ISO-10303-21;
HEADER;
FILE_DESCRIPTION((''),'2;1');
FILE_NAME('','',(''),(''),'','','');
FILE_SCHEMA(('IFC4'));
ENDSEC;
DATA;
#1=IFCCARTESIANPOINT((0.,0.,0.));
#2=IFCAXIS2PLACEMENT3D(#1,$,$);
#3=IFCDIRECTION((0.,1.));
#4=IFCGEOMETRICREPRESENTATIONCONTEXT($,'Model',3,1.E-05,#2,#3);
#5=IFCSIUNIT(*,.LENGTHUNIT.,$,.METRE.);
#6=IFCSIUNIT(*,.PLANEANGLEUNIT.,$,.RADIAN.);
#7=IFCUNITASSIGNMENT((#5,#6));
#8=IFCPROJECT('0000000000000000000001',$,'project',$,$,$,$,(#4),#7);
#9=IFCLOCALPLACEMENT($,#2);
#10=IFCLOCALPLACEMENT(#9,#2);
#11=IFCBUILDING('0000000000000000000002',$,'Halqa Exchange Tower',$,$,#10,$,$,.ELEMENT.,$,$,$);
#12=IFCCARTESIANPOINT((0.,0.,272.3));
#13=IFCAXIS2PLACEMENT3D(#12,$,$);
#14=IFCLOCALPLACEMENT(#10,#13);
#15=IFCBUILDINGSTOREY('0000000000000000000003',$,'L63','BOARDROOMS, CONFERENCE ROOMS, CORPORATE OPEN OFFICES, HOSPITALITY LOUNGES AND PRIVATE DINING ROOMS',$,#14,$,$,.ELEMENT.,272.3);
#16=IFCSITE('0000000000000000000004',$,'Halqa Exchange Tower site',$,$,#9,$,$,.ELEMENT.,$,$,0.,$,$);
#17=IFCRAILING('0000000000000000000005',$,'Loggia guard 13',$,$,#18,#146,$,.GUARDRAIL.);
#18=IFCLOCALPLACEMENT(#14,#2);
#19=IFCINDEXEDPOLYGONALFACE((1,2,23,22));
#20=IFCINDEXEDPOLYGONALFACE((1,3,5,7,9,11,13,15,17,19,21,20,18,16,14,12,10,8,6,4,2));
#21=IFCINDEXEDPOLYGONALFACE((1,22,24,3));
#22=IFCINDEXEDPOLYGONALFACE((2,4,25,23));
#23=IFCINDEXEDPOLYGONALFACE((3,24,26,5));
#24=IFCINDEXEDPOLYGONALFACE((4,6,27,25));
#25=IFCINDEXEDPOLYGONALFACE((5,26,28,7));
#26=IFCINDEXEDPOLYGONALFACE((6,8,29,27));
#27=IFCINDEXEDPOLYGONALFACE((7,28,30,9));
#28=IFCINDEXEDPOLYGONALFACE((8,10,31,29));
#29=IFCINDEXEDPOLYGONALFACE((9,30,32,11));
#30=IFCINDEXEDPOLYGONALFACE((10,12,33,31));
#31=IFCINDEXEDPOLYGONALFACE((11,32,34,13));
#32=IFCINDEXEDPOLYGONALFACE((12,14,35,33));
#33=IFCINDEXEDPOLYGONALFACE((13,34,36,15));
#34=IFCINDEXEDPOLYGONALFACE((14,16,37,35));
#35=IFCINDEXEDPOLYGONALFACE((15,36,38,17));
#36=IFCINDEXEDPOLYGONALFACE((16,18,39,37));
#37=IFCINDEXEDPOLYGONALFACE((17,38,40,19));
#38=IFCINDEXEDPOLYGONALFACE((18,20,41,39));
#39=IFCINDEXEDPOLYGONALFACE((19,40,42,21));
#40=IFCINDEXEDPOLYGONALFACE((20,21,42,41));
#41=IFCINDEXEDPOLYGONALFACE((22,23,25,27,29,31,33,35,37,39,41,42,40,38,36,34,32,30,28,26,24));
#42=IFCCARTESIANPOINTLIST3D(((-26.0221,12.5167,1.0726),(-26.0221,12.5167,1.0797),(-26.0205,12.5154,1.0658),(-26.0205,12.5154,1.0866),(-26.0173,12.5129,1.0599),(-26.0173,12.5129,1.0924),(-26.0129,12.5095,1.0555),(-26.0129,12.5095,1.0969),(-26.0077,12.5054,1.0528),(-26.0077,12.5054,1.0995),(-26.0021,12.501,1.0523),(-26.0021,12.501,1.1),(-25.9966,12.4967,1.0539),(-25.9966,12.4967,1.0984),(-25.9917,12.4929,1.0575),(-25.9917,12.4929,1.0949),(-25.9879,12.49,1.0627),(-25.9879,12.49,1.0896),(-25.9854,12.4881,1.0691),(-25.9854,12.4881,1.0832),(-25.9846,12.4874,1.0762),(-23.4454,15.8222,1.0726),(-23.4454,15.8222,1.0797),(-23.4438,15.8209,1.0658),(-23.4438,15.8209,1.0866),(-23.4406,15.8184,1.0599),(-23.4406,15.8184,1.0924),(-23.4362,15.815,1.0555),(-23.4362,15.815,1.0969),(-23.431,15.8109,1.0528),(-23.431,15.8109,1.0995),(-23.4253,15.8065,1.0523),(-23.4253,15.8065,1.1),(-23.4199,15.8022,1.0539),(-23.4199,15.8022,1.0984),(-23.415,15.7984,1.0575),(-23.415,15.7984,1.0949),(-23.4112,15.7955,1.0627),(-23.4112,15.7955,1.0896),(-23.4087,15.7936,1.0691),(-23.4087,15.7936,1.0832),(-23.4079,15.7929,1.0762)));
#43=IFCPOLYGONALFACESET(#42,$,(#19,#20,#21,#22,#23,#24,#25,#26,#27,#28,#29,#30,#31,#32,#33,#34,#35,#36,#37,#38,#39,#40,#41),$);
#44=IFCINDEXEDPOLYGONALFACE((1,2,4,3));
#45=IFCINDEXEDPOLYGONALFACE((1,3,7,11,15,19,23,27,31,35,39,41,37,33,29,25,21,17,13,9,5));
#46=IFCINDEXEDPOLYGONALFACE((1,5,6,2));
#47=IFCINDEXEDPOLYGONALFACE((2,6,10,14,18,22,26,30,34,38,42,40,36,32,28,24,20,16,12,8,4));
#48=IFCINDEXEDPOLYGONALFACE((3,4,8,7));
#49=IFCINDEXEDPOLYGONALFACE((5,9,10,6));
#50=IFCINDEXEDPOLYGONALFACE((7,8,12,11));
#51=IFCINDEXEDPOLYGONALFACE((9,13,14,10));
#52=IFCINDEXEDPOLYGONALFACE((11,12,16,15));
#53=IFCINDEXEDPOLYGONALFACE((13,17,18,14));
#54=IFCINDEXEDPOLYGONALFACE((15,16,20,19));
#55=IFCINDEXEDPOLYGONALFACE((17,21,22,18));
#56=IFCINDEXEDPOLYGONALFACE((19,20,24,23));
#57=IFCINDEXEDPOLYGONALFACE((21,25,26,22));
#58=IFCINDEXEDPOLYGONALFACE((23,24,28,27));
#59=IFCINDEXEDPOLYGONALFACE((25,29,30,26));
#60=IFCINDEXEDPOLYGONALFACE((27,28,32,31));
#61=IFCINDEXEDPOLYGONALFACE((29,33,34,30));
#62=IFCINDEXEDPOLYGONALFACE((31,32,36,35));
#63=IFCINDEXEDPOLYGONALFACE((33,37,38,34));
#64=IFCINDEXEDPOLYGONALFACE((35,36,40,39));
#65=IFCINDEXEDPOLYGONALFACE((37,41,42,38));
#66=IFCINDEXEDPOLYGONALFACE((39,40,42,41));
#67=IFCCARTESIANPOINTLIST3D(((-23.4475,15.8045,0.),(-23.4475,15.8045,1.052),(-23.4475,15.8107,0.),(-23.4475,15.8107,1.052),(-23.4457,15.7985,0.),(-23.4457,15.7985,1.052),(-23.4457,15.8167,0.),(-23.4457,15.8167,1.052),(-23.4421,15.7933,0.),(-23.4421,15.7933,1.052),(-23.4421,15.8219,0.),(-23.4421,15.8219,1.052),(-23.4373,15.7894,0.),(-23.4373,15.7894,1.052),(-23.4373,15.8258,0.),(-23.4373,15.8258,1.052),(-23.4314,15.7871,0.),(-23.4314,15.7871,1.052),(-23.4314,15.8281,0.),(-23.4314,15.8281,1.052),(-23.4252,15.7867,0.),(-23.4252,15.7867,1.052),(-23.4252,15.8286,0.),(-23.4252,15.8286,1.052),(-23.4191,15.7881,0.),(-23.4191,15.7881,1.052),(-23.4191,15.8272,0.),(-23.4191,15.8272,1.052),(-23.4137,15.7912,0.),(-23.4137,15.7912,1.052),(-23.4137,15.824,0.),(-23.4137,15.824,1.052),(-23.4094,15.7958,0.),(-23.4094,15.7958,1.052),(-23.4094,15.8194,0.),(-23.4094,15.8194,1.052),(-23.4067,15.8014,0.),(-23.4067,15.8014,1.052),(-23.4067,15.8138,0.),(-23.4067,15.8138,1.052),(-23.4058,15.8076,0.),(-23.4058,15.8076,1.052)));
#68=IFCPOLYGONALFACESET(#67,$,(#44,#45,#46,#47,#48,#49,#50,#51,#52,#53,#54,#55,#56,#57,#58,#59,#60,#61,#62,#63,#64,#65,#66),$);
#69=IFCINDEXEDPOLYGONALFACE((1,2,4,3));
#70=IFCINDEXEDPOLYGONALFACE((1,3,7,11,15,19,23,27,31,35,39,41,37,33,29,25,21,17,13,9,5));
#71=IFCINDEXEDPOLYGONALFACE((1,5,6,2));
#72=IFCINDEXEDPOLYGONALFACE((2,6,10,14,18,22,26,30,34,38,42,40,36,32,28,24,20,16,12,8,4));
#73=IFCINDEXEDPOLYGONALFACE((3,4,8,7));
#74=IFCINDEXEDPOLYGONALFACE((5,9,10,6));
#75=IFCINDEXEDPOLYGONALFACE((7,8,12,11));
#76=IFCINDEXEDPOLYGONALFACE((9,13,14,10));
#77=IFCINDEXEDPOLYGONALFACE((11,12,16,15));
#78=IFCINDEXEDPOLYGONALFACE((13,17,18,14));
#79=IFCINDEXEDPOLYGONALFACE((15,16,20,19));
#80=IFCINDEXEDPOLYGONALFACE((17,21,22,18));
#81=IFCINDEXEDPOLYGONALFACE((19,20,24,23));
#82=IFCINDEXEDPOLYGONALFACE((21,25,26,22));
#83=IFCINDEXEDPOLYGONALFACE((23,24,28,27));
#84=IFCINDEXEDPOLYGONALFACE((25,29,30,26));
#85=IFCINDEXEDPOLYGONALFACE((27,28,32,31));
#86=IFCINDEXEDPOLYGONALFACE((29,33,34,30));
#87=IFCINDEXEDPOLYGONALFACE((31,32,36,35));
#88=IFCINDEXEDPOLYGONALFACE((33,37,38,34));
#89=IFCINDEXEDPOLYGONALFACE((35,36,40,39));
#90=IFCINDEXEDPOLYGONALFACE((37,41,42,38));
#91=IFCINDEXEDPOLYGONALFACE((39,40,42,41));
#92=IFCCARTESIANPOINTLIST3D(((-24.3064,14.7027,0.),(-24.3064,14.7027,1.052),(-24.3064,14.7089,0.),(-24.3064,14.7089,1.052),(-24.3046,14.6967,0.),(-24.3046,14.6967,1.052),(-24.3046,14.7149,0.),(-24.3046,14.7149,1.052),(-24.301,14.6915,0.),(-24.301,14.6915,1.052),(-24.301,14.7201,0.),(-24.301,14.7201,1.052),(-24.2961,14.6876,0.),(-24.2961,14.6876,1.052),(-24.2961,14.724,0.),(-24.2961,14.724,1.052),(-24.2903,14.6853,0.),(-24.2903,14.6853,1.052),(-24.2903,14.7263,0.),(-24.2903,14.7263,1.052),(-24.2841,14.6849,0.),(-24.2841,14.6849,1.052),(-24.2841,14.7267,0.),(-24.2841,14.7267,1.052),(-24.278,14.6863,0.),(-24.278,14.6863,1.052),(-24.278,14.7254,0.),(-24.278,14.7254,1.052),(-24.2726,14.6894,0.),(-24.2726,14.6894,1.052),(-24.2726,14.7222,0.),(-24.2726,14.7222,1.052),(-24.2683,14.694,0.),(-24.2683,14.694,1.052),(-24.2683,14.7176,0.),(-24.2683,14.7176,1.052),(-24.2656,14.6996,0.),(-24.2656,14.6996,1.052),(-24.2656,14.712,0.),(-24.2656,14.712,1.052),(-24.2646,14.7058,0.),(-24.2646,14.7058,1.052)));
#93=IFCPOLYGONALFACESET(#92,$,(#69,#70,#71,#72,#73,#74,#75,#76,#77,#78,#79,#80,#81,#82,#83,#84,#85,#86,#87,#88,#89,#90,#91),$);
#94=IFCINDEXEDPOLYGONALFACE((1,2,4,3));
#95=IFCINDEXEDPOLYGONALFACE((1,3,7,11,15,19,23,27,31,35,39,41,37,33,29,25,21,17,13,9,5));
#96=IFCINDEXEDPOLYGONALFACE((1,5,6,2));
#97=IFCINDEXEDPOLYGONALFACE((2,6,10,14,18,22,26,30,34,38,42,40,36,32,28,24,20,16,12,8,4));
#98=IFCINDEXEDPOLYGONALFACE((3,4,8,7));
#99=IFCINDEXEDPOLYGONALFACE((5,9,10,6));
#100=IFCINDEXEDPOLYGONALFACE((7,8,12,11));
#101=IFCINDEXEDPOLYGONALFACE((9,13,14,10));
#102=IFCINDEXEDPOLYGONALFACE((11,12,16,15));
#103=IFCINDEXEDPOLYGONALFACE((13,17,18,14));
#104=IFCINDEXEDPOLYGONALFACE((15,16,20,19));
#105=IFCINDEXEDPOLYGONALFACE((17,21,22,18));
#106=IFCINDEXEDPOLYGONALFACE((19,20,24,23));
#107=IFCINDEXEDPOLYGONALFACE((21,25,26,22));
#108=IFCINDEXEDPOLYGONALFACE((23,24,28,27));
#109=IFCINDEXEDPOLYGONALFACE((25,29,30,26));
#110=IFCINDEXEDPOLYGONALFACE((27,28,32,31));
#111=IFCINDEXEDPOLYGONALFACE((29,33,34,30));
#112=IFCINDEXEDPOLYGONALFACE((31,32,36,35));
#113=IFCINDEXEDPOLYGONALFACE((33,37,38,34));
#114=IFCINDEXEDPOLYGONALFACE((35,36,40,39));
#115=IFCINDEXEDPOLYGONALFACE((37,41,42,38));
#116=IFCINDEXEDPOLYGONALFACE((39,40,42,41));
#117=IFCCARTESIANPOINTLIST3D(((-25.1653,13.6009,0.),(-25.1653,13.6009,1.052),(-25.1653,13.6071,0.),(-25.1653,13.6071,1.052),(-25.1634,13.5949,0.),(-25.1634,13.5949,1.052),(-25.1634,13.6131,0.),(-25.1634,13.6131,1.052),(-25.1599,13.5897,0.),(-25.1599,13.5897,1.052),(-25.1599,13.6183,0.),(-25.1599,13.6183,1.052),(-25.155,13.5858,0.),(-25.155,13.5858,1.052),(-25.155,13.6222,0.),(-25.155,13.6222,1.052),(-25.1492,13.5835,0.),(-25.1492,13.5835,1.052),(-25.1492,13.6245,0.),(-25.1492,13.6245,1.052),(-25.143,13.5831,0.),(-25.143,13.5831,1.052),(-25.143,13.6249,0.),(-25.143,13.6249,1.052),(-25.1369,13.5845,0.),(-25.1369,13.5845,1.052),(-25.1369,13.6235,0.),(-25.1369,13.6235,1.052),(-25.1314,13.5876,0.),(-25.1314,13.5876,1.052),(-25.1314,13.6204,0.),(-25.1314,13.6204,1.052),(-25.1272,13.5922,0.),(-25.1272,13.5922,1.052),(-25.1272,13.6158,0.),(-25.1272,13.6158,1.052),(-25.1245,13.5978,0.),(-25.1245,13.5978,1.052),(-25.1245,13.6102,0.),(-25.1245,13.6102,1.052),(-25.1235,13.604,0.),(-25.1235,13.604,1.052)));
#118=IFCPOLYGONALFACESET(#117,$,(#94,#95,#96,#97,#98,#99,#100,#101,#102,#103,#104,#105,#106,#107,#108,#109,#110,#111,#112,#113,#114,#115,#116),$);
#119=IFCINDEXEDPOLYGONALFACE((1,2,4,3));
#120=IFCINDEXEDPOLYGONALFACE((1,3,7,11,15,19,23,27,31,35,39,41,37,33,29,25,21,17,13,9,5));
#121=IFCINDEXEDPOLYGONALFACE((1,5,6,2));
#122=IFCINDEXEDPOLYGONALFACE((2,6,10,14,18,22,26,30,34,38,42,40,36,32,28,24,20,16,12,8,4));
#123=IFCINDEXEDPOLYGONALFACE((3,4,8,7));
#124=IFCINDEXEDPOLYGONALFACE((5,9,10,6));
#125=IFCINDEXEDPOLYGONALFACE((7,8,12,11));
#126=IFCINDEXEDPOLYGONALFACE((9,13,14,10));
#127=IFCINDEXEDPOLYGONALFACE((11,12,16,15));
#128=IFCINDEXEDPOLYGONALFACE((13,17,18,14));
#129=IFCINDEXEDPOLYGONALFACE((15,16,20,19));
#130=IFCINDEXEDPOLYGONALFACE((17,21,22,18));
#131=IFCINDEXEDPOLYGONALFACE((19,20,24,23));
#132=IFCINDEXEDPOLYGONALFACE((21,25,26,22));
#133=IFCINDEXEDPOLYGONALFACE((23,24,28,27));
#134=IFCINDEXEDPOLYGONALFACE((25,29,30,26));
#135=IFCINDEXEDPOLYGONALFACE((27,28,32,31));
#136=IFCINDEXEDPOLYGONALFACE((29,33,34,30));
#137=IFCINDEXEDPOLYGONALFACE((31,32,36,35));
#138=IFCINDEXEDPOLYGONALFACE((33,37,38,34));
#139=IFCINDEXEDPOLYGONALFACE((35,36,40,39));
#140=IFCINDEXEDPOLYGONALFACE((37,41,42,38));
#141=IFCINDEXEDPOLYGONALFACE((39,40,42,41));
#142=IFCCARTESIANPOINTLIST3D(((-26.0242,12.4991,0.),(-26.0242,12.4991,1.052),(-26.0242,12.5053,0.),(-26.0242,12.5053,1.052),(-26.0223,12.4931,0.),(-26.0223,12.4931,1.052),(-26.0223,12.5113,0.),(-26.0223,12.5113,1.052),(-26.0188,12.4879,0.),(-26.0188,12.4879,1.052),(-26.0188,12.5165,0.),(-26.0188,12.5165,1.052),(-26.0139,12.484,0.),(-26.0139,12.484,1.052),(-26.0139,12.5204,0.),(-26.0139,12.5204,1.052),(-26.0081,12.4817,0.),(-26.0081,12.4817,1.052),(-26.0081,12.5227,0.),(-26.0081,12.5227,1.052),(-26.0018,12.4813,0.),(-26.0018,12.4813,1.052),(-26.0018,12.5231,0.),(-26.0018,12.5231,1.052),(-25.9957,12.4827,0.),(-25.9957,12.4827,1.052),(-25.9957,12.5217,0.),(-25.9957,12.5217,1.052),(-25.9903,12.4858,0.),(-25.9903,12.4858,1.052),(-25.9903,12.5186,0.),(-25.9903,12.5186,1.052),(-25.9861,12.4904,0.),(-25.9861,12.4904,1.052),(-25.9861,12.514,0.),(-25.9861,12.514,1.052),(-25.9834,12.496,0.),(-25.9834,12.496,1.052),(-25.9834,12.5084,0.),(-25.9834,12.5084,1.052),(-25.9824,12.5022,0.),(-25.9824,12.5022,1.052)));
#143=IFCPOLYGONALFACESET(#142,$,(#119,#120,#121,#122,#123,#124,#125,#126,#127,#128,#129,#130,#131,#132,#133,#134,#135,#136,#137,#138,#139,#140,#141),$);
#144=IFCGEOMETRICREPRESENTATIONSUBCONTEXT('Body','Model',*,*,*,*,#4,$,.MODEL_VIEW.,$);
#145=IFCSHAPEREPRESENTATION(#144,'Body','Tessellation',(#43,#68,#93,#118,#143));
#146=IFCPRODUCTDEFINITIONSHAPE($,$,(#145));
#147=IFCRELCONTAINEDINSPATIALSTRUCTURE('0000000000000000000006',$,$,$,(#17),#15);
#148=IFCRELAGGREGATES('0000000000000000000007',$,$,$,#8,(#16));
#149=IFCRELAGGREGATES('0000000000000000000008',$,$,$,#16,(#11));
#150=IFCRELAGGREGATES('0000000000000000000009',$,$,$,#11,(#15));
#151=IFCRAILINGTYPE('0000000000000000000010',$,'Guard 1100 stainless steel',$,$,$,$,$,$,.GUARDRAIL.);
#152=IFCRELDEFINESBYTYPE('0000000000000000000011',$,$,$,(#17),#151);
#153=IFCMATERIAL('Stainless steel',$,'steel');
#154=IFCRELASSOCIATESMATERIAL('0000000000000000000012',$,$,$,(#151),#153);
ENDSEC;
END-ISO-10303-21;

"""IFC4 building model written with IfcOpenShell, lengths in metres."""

from ifc_helpers import new_model, si_unit, direction, frame, origin, origin_2d, place, context, subcontext, project, spatial, circle, extrude, material, type_object, element, save


model = new_model("IFC4")

# Units and contexts
model_context = context("Model", 3, precision=1e-05, world=origin(), true_north=direction((0.0, 1.0)))
body_context = subcontext(model_context, "Body", "Model", "MODEL_VIEW")
ifc_project = project(units=[si_unit("LENGTHUNIT", "METRE"), si_unit("PLANEANGLEUNIT", "RADIAN")], contexts=[model_context])

# Site, building, storey
site_placement = place(None, origin())
site = spatial("IfcSite", under=ifc_project, at=site_placement, Name="Halqa Exchange Tower site", CompositionType="ELEMENT", RefElevation=0.0)
building_placement = place(site_placement, origin())
building = spatial("IfcBuilding", under=site, at=building_placement, Name="Halqa Exchange Tower", CompositionType="ELEMENT")
storey_placement = place(building_placement, frame((0.0, 0.0, 272.3)))
storey = spatial("IfcBuildingStorey", under=building, at=storey_placement, Name="L63", Description="BOARDROOMS, CONFERENCE ROOMS, CORPORATE OPEN OFFICES, HOSPITALITY LOUNGES AND PRIVATE DINING ROOMS", CompositionType="ELEMENT", Elevation=272.3)

# Railing
ifc_material_1 = material(Name="Stainless steel", Category="steel")
railing_type = type_object("IfcRailingType", Name="Guard 1100 stainless steel", PredefinedType="GUARDRAIL", material=ifc_material_1)
railing_1_placement = place(storey_placement, frame((-23.4268, 15.8076, 0.0)))
element("IfcRailing", 1, at=railing_1_placement, inside=storey, type_object=railing_type, Name="Loggia guard 13", PredefinedType="GUARDRAIL", context=body_context, shape_type="SweptSolid", body=[
    extrude(circle(Radius=0.0239, at=origin_2d()), frame((0.0, 0.0, 1.0762), z_axis=(-0.614799, -0.788684, 0.0), x_axis=(0.788684, -0.614799, 0.0)), (0.0, 0.0, 1.0), 4.1912),
    extrude(circle(Radius=0.021, at=origin_2d()), origin(), (0.0, 0.0, 1.0), 1.052),
    extrude(circle(Radius=0.021, at=origin_2d()), frame((-0.8589, -1.1018, 0.0)), (0.0, 0.0, 1.0), 1.052),
    extrude(circle(Radius=0.021, at=origin_2d()), frame((-1.7178, -2.2036, 0.0)), (0.0, 0.0, 1.0), 1.052),
    extrude(circle(Radius=0.021, at=origin_2d()), frame((-2.5767, -3.3054, 0.0)), (0.0, 0.0, 1.0), 1.052),
])

save(model, "model.ifc")
